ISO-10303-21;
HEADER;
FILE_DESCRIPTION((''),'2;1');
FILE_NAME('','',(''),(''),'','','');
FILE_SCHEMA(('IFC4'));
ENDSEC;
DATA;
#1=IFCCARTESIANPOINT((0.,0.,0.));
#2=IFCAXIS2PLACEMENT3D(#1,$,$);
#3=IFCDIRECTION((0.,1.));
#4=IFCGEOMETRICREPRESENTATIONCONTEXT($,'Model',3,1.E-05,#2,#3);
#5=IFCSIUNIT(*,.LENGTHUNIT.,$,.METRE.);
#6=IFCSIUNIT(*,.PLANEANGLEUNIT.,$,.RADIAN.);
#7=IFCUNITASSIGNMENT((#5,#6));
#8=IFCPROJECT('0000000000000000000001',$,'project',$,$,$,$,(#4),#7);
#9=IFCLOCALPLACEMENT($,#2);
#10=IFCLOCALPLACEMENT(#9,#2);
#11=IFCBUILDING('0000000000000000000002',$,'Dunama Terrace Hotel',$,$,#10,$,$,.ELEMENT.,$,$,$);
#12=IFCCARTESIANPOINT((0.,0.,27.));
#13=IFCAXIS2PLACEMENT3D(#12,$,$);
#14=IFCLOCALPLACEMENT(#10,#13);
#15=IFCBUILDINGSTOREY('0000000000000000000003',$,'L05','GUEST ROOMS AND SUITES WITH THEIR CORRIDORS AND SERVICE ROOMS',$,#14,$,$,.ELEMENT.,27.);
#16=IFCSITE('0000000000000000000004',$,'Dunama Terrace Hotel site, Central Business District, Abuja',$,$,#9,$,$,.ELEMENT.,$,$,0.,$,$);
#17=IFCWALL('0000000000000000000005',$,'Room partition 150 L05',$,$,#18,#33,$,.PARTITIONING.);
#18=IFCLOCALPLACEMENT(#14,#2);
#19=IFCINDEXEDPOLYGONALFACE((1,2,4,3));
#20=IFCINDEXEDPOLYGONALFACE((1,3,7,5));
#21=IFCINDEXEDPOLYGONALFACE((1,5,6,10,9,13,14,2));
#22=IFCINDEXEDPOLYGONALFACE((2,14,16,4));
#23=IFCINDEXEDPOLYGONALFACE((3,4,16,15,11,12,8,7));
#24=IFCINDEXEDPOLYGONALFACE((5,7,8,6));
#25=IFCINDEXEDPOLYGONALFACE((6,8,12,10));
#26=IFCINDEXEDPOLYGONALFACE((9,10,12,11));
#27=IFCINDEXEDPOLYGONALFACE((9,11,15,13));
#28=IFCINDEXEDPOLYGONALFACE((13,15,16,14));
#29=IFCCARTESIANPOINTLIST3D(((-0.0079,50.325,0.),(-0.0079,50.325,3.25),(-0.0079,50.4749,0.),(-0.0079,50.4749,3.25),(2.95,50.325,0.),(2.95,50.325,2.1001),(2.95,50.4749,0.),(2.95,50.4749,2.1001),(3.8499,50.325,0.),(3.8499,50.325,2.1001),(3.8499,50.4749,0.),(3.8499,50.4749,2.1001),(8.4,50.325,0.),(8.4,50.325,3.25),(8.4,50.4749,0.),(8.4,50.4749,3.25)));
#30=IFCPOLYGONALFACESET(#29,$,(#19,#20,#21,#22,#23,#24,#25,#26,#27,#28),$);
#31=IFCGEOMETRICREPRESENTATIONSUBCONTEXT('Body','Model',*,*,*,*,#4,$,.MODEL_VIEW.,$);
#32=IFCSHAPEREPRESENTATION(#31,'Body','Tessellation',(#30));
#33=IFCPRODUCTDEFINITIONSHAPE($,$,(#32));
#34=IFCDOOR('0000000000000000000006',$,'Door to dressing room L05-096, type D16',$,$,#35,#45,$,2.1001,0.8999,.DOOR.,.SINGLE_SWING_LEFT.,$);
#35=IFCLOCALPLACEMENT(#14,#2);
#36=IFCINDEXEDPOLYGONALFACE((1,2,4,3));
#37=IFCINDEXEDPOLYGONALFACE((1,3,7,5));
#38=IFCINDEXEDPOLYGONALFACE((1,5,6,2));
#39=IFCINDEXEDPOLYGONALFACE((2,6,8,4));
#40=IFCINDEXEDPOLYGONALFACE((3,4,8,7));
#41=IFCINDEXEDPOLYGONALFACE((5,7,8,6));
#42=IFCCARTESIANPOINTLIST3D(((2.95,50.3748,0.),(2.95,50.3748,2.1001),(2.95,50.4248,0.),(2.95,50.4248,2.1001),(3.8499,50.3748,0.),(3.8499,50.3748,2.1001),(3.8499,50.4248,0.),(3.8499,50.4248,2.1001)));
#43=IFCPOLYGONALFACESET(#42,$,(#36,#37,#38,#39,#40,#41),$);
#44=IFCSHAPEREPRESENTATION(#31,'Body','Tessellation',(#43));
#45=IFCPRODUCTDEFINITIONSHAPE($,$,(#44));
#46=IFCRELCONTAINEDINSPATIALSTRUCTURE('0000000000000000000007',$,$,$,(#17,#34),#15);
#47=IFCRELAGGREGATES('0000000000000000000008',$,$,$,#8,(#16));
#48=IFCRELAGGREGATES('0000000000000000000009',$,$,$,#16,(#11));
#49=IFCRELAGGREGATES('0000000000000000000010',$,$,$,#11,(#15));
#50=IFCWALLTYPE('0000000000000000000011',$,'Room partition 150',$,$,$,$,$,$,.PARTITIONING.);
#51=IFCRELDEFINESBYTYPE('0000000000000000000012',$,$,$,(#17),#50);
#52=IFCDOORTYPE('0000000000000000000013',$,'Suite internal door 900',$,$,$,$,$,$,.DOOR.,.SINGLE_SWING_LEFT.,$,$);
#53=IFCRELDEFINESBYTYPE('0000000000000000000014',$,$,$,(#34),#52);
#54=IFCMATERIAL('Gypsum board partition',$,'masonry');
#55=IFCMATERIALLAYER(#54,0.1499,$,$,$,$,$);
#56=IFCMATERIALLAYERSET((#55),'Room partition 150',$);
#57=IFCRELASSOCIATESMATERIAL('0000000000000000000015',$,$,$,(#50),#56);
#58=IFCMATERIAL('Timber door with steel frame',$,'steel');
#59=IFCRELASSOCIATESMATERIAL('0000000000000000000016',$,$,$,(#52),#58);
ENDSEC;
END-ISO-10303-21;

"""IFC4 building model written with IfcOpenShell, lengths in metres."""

from ifc_helpers import new_model, si_unit, direction, frame, frame_2d, origin, place, context, subcontext, project, spatial, rectangle, extrude, material, layer, layer_set, type_object, element, fill, save


model = new_model("IFC4")

# Units and contexts
model_context = context("Model", 3, precision=1e-05, world=origin(), true_north=direction((0.0, 1.0)))
body_context = subcontext(model_context, "Body", "Model", "MODEL_VIEW")
ifc_project = project(units=[si_unit("LENGTHUNIT", "METRE"), si_unit("PLANEANGLEUNIT", "RADIAN")], contexts=[model_context])

# Site, building, storey
site_placement = place(None, origin())
site = spatial("IfcSite", under=ifc_project, at=site_placement, Name="Dunama Terrace Hotel site, Central Business District, Abuja", CompositionType="ELEMENT", RefElevation=0.0)
building_placement = place(site_placement, origin())
building = spatial("IfcBuilding", under=site, at=building_placement, Name="Dunama Terrace Hotel", CompositionType="ELEMENT")
storey_placement = place(building_placement, frame((0.0, 0.0, 27.0)))
storey = spatial("IfcBuildingStorey", under=building, at=storey_placement, Name="L05", Description="GUEST ROOMS AND SUITES WITH THEIR CORRIDORS AND SERVICE ROOMS", CompositionType="ELEMENT", Elevation=27.0)

# Shared definitions
ifc_material_1 = material(Name="Gypsum board partition", Category="masonry")
ifc_layer_1 = layer(ifc_material_1, 0.1499)
ifc_layer_set_1 = layer_set([ifc_layer_1], Name="Room partition 150")
wall_type_1 = type_object("IfcWallType", Name="Room partition 150", PredefinedType="PARTITIONING", material=ifc_layer_set_1)

# Wall, opening, door
wall_1_placement = place(storey_placement, frame((-0.0081, 50.3999, 0.0), z_axis=(0.0, 0.0, 1.0), x_axis=(1.0, 0.0, 0.0)))
wall_1 = element("IfcWall", 1, at=wall_1_placement, inside=storey, type_object=wall_type_1, Name="Room partition 150 L05", PredefinedType="PARTITIONING", context=body_context, shape_type="SweptSolid", body=[
    extrude(rectangle(XDim=8.408, YDim=0.1499, at=frame_2d((4.2041, 0.0))), origin(), (0.0, 0.0, 1.0), 3.25),
])
opening_1_placement = place(wall_1_placement, frame((2.958, 0.0, 0.0)))
opening_1 = element("IfcOpeningElement", 2, at=opening_1_placement, cuts=wall_1, PredefinedType="OPENING", context=body_context, shape_type="SweptSolid", body=[
    extrude(rectangle(XDim=0.8999, YDim=2.1001, at=frame_2d((0.45, 1.05))), frame((0.0, 0.085, 0.0), z_axis=(0.0, -1.0, 0.0), x_axis=(1.0, 0.0, 0.0)), (0.0, 0.0, 1.0), 0.1699),
])
ifc_material_2 = material(Name="Timber door with steel frame", Category="steel")
door_type_1 = type_object("IfcDoorType", Name="Suite internal door 900", OperationType="SINGLE_SWING_LEFT", PredefinedType="DOOR", material=ifc_material_2)
door_1_placement = place(opening_1_placement, frame((0.8999, 0.0, 0.0), z_axis=(0.0, 0.0, 1.0), x_axis=(-1.0, 0.0, 0.0)))
door_1 = element("IfcDoor", 3, at=door_1_placement, inside=storey, type_object=door_type_1, Name="Door to dressing room L05-096, type D16", OperationType="SINGLE_SWING_LEFT", OverallHeight=2.1001, OverallWidth=0.8999, PredefinedType="DOOR", context=body_context, shape_type="SweptSolid", body=[
    extrude(rectangle(XDim=0.8999, YDim=2.1001, at=frame_2d((0.45, 1.05))), frame((0.0, 0.0251, 0.0), z_axis=(0.0, -1.0, 0.0), x_axis=(1.0, 0.0, 0.0)), (0.0, 0.0, 1.0), 0.05),
])
fill(opening_1, door_1)

save(model, "model.ifc")
